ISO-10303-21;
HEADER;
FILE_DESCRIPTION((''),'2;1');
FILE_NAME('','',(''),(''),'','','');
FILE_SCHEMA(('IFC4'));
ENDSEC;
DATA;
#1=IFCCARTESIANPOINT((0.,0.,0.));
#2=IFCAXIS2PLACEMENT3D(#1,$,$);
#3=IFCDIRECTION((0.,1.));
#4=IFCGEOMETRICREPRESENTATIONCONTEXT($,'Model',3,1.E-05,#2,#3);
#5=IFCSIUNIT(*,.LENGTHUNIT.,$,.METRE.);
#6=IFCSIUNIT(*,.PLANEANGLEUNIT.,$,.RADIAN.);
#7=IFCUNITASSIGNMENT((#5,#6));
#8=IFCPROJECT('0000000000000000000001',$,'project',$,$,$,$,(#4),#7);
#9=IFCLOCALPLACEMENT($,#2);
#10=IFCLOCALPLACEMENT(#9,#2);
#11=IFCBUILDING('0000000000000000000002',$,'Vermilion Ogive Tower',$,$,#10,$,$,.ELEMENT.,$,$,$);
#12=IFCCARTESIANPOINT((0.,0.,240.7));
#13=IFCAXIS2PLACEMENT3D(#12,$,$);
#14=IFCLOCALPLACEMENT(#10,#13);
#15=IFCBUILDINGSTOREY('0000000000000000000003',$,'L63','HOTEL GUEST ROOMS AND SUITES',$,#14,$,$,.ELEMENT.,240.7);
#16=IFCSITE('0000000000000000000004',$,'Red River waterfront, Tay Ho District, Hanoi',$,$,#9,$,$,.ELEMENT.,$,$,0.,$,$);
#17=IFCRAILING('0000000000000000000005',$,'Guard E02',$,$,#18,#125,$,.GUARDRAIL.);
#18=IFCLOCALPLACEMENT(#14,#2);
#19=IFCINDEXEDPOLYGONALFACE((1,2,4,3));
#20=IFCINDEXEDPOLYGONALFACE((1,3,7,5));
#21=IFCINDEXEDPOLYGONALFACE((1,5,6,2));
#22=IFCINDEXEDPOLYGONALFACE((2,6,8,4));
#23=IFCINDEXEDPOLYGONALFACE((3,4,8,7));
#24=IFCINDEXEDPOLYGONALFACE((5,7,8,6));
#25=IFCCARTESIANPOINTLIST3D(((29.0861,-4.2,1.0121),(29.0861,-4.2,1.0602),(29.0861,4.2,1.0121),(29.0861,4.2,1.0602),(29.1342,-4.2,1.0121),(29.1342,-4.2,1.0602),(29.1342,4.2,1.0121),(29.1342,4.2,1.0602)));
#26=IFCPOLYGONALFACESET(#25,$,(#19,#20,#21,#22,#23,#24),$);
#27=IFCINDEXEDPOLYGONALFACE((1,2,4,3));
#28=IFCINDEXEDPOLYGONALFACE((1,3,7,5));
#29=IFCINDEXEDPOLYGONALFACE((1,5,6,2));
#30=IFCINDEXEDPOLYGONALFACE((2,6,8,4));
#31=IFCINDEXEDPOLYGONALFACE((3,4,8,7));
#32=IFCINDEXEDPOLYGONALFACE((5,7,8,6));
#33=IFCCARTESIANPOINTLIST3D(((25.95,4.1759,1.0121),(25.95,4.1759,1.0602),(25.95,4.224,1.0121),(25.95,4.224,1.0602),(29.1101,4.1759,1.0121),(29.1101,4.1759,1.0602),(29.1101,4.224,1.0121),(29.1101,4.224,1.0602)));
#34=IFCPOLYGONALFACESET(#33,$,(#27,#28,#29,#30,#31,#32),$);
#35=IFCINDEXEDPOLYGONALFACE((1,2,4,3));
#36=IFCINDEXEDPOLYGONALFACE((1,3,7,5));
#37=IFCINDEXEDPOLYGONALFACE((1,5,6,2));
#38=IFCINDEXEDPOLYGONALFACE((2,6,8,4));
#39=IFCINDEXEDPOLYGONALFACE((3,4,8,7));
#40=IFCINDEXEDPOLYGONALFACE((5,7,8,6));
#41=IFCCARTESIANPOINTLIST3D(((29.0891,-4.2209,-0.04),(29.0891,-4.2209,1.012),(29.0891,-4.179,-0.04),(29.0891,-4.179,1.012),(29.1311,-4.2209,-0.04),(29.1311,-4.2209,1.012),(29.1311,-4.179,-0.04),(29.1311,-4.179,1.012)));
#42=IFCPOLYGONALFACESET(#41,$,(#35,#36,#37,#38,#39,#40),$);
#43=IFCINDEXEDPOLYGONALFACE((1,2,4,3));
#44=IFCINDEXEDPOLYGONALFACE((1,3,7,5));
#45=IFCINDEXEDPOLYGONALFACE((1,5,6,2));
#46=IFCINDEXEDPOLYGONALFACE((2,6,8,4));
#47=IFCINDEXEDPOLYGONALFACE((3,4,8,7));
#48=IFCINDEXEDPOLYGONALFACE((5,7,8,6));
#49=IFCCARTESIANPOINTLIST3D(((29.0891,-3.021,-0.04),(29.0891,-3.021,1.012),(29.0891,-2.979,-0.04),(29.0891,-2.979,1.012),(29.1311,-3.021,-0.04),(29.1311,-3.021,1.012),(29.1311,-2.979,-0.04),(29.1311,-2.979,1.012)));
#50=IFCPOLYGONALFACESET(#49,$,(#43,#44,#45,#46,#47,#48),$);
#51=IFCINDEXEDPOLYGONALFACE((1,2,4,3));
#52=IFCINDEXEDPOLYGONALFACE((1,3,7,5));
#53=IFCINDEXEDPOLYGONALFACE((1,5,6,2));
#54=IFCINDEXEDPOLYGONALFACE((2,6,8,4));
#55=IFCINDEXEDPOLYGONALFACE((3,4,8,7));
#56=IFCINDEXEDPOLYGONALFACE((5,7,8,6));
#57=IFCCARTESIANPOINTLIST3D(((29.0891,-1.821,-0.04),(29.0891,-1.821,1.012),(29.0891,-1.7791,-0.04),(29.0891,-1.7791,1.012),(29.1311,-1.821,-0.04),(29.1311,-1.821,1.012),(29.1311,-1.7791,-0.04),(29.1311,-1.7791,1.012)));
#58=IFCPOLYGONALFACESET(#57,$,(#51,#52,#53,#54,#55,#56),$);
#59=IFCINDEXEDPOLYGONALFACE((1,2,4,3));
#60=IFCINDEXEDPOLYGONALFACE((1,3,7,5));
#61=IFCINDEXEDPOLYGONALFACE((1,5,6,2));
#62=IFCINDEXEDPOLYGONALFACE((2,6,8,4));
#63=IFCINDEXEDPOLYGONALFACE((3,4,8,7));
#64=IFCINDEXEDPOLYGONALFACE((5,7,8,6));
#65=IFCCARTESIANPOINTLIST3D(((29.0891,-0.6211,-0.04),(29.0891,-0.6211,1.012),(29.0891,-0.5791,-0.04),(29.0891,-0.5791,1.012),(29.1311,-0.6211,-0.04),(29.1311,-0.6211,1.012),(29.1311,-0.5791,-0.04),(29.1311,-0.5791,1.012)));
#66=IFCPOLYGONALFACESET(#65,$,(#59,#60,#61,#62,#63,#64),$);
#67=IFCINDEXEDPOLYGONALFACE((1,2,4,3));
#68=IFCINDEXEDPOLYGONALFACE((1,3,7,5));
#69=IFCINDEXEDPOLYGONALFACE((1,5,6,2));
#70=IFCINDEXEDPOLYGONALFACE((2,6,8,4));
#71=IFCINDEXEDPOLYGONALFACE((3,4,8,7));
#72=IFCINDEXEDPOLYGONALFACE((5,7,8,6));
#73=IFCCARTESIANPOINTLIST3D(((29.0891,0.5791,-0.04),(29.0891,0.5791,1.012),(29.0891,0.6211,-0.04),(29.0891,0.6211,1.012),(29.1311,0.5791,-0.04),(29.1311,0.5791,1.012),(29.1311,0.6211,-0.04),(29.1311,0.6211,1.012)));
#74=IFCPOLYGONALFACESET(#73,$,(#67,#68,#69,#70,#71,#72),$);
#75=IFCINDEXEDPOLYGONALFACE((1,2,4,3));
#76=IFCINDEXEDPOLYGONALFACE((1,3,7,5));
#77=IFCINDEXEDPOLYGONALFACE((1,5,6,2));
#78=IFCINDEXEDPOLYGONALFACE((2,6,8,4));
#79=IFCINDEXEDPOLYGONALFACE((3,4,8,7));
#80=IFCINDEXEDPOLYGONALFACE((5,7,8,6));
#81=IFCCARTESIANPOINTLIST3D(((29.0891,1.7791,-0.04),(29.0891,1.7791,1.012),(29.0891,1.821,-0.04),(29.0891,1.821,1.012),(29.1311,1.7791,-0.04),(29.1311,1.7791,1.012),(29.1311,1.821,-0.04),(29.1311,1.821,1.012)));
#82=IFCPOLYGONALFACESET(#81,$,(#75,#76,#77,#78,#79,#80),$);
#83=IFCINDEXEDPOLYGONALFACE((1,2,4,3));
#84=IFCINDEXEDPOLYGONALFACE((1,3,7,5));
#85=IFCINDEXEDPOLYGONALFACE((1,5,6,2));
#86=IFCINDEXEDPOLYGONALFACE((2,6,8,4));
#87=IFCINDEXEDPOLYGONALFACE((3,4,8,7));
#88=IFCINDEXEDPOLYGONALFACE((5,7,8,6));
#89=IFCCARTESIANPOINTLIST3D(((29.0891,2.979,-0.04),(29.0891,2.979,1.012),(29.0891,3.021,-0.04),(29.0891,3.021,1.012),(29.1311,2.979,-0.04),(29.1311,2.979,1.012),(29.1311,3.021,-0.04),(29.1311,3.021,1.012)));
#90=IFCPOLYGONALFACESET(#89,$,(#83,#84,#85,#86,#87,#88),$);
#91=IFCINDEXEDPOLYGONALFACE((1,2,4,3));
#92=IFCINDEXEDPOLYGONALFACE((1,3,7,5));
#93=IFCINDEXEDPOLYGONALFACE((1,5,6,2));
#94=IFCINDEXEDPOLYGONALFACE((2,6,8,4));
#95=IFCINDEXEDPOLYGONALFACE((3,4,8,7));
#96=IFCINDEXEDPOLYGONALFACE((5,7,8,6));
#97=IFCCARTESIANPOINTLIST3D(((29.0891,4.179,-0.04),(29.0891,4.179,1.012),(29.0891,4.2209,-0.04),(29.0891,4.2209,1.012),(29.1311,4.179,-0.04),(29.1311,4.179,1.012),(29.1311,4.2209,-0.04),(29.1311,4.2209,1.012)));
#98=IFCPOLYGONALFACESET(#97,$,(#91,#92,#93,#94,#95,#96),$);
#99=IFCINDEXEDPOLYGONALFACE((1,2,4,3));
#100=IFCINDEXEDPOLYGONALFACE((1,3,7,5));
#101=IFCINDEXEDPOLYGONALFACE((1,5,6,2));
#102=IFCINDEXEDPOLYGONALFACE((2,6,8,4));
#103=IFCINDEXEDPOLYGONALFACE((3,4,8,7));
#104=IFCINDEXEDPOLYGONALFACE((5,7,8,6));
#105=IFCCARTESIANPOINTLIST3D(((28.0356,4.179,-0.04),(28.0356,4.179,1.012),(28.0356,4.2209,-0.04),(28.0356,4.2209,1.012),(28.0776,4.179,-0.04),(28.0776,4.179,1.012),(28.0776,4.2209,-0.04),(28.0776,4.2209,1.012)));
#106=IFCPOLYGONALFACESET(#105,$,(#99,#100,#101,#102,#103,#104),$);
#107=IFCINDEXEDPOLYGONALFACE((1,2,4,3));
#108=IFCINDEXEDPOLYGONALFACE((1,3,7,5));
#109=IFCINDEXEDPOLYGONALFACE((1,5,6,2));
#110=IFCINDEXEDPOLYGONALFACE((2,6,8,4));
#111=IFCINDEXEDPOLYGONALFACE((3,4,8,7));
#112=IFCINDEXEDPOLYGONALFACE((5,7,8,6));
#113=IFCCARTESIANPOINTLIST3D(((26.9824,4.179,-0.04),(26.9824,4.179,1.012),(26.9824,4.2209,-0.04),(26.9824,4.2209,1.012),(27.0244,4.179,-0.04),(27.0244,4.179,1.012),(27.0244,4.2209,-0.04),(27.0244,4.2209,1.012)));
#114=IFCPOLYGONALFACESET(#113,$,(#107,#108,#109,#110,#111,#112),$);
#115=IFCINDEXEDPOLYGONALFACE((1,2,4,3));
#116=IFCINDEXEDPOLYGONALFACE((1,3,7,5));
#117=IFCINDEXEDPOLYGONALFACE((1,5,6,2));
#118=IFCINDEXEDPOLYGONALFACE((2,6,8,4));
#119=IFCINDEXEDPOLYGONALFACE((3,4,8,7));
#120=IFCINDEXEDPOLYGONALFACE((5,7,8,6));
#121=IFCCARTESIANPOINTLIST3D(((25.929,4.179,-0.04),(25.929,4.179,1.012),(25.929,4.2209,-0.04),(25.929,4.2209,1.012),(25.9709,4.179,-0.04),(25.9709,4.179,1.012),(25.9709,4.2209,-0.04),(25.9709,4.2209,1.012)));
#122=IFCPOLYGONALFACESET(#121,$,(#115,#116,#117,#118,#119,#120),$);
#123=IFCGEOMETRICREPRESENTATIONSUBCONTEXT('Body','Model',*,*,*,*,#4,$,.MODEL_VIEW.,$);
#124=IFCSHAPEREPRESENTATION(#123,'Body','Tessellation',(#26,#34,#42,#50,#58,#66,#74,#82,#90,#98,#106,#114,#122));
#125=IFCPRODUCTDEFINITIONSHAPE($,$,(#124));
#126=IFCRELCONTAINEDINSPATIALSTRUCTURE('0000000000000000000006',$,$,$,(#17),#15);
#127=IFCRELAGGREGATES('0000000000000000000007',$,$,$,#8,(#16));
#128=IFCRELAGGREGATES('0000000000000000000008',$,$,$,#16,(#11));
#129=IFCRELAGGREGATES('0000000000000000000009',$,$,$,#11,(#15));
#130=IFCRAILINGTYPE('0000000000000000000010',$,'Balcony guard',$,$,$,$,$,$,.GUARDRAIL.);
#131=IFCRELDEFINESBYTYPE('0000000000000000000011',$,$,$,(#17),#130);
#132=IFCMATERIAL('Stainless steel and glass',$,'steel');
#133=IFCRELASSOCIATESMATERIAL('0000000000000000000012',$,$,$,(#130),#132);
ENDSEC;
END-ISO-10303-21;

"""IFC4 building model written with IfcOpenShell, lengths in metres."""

from ifc_helpers import new_model, si_unit, direction, frame, origin, origin_2d, place, context, subcontext, project, spatial, rectangle, extrude, material, type_object, element, save


model = new_model("IFC4")

# Units and contexts
model_context = context("Model", 3, precision=1e-05, world=origin(), true_north=direction((0.0, 1.0)))
body_context = subcontext(model_context, "Body", "Model", "MODEL_VIEW")
ifc_project = project(units=[si_unit("LENGTHUNIT", "METRE"), si_unit("PLANEANGLEUNIT", "RADIAN")], contexts=[model_context])

# Site, building, storey
site_placement = place(None, origin())
site = spatial("IfcSite", under=ifc_project, at=site_placement, Name="Red River waterfront, Tay Ho District, Hanoi", CompositionType="ELEMENT", RefElevation=0.0)
building_placement = place(site_placement, origin())
building = spatial("IfcBuilding", under=site, at=building_placement, Name="Vermilion Ogive Tower", CompositionType="ELEMENT")
storey_placement = place(building_placement, frame((0.0, 0.0, 240.7)))
storey = spatial("IfcBuildingStorey", under=building, at=storey_placement, Name="L63", Description="HOTEL GUEST ROOMS AND SUITES", CompositionType="ELEMENT", Elevation=240.7)

# Railing
ifc_material_1 = material(Name="Stainless steel and glass", Category="steel")
railing_type = type_object("IfcRailingType", Name="Balcony guard", PredefinedType="GUARDRAIL", material=ifc_material_1)
railing_placement = place(storey_placement, frame((29.1101, -4.2, -0.04)))
element("IfcRailing", 1, at=railing_placement, inside=storey, type_object=railing_type, Name="Guard E02", PredefinedType="GUARDRAIL", context=body_context, shape_type="SweptSolid", body=[
    extrude(rectangle(XDim=0.0481, YDim=0.0481, at=origin_2d()), frame((0.0, 0.0, 1.0762), z_axis=(0.0, 1.0, 0.0), x_axis=(-1.0, 0.0, 0.0)), (0.0, 0.0, 1.0), 8.3999),
    extrude(rectangle(XDim=0.0481, YDim=0.0481, at=origin_2d()), frame((0.0, 8.3999, 1.0762), z_axis=(-1.0, 0.0, 0.0), x_axis=(0.0, -1.0, 0.0)), (0.0, 0.0, 1.0), 3.1602),
    extrude(rectangle(XDim=0.042, YDim=0.042, at=origin_2d()), origin(), (0.0, 0.0, 1.0), 1.052),
    extrude(rectangle(XDim=0.042, YDim=0.042, at=origin_2d()), frame((0.0, 1.2, 0.0)), (0.0, 0.0, 1.0), 1.052),
    extrude(rectangle(XDim=0.042, YDim=0.042, at=origin_2d()), frame((0.0, 2.3999, 0.0)), (0.0, 0.0, 1.0), 1.052),
    extrude(rectangle(XDim=0.042, YDim=0.042, at=origin_2d()), frame((0.0, 3.5999, 0.0)), (0.0, 0.0, 1.0), 1.052),
    extrude(rectangle(XDim=0.042, YDim=0.042, at=origin_2d()), frame((0.0, 4.8, 0.0)), (0.0, 0.0, 1.0), 1.052),
    extrude(rectangle(XDim=0.042, YDim=0.042, at=origin_2d()), frame((0.0, 6.0, 0.0)), (0.0, 0.0, 1.0), 1.052),
    extrude(rectangle(XDim=0.042, YDim=0.042, at=origin_2d()), frame((0.0, 7.2, 0.0)), (0.0, 0.0, 1.0), 1.052),
    extrude(rectangle(XDim=0.042, YDim=0.042, at=origin_2d()), frame((0.0, 8.3999, 0.0)), (0.0, 0.0, 1.0), 1.052),
    extrude(rectangle(XDim=0.042, YDim=0.042, at=origin_2d()), frame((-1.0535, 8.3999, 0.0)), (0.0, 0.0, 1.0), 1.052),
    extrude(rectangle(XDim=0.042, YDim=0.042, at=origin_2d()), frame((-2.1067, 8.3999, 0.0)), (0.0, 0.0, 1.0), 1.052),
    extrude(rectangle(XDim=0.042, YDim=0.042, at=origin_2d()), frame((-3.1602, 8.3999, 0.0)), (0.0, 0.0, 1.0), 1.052),
])

save(model, "model.ifc")
